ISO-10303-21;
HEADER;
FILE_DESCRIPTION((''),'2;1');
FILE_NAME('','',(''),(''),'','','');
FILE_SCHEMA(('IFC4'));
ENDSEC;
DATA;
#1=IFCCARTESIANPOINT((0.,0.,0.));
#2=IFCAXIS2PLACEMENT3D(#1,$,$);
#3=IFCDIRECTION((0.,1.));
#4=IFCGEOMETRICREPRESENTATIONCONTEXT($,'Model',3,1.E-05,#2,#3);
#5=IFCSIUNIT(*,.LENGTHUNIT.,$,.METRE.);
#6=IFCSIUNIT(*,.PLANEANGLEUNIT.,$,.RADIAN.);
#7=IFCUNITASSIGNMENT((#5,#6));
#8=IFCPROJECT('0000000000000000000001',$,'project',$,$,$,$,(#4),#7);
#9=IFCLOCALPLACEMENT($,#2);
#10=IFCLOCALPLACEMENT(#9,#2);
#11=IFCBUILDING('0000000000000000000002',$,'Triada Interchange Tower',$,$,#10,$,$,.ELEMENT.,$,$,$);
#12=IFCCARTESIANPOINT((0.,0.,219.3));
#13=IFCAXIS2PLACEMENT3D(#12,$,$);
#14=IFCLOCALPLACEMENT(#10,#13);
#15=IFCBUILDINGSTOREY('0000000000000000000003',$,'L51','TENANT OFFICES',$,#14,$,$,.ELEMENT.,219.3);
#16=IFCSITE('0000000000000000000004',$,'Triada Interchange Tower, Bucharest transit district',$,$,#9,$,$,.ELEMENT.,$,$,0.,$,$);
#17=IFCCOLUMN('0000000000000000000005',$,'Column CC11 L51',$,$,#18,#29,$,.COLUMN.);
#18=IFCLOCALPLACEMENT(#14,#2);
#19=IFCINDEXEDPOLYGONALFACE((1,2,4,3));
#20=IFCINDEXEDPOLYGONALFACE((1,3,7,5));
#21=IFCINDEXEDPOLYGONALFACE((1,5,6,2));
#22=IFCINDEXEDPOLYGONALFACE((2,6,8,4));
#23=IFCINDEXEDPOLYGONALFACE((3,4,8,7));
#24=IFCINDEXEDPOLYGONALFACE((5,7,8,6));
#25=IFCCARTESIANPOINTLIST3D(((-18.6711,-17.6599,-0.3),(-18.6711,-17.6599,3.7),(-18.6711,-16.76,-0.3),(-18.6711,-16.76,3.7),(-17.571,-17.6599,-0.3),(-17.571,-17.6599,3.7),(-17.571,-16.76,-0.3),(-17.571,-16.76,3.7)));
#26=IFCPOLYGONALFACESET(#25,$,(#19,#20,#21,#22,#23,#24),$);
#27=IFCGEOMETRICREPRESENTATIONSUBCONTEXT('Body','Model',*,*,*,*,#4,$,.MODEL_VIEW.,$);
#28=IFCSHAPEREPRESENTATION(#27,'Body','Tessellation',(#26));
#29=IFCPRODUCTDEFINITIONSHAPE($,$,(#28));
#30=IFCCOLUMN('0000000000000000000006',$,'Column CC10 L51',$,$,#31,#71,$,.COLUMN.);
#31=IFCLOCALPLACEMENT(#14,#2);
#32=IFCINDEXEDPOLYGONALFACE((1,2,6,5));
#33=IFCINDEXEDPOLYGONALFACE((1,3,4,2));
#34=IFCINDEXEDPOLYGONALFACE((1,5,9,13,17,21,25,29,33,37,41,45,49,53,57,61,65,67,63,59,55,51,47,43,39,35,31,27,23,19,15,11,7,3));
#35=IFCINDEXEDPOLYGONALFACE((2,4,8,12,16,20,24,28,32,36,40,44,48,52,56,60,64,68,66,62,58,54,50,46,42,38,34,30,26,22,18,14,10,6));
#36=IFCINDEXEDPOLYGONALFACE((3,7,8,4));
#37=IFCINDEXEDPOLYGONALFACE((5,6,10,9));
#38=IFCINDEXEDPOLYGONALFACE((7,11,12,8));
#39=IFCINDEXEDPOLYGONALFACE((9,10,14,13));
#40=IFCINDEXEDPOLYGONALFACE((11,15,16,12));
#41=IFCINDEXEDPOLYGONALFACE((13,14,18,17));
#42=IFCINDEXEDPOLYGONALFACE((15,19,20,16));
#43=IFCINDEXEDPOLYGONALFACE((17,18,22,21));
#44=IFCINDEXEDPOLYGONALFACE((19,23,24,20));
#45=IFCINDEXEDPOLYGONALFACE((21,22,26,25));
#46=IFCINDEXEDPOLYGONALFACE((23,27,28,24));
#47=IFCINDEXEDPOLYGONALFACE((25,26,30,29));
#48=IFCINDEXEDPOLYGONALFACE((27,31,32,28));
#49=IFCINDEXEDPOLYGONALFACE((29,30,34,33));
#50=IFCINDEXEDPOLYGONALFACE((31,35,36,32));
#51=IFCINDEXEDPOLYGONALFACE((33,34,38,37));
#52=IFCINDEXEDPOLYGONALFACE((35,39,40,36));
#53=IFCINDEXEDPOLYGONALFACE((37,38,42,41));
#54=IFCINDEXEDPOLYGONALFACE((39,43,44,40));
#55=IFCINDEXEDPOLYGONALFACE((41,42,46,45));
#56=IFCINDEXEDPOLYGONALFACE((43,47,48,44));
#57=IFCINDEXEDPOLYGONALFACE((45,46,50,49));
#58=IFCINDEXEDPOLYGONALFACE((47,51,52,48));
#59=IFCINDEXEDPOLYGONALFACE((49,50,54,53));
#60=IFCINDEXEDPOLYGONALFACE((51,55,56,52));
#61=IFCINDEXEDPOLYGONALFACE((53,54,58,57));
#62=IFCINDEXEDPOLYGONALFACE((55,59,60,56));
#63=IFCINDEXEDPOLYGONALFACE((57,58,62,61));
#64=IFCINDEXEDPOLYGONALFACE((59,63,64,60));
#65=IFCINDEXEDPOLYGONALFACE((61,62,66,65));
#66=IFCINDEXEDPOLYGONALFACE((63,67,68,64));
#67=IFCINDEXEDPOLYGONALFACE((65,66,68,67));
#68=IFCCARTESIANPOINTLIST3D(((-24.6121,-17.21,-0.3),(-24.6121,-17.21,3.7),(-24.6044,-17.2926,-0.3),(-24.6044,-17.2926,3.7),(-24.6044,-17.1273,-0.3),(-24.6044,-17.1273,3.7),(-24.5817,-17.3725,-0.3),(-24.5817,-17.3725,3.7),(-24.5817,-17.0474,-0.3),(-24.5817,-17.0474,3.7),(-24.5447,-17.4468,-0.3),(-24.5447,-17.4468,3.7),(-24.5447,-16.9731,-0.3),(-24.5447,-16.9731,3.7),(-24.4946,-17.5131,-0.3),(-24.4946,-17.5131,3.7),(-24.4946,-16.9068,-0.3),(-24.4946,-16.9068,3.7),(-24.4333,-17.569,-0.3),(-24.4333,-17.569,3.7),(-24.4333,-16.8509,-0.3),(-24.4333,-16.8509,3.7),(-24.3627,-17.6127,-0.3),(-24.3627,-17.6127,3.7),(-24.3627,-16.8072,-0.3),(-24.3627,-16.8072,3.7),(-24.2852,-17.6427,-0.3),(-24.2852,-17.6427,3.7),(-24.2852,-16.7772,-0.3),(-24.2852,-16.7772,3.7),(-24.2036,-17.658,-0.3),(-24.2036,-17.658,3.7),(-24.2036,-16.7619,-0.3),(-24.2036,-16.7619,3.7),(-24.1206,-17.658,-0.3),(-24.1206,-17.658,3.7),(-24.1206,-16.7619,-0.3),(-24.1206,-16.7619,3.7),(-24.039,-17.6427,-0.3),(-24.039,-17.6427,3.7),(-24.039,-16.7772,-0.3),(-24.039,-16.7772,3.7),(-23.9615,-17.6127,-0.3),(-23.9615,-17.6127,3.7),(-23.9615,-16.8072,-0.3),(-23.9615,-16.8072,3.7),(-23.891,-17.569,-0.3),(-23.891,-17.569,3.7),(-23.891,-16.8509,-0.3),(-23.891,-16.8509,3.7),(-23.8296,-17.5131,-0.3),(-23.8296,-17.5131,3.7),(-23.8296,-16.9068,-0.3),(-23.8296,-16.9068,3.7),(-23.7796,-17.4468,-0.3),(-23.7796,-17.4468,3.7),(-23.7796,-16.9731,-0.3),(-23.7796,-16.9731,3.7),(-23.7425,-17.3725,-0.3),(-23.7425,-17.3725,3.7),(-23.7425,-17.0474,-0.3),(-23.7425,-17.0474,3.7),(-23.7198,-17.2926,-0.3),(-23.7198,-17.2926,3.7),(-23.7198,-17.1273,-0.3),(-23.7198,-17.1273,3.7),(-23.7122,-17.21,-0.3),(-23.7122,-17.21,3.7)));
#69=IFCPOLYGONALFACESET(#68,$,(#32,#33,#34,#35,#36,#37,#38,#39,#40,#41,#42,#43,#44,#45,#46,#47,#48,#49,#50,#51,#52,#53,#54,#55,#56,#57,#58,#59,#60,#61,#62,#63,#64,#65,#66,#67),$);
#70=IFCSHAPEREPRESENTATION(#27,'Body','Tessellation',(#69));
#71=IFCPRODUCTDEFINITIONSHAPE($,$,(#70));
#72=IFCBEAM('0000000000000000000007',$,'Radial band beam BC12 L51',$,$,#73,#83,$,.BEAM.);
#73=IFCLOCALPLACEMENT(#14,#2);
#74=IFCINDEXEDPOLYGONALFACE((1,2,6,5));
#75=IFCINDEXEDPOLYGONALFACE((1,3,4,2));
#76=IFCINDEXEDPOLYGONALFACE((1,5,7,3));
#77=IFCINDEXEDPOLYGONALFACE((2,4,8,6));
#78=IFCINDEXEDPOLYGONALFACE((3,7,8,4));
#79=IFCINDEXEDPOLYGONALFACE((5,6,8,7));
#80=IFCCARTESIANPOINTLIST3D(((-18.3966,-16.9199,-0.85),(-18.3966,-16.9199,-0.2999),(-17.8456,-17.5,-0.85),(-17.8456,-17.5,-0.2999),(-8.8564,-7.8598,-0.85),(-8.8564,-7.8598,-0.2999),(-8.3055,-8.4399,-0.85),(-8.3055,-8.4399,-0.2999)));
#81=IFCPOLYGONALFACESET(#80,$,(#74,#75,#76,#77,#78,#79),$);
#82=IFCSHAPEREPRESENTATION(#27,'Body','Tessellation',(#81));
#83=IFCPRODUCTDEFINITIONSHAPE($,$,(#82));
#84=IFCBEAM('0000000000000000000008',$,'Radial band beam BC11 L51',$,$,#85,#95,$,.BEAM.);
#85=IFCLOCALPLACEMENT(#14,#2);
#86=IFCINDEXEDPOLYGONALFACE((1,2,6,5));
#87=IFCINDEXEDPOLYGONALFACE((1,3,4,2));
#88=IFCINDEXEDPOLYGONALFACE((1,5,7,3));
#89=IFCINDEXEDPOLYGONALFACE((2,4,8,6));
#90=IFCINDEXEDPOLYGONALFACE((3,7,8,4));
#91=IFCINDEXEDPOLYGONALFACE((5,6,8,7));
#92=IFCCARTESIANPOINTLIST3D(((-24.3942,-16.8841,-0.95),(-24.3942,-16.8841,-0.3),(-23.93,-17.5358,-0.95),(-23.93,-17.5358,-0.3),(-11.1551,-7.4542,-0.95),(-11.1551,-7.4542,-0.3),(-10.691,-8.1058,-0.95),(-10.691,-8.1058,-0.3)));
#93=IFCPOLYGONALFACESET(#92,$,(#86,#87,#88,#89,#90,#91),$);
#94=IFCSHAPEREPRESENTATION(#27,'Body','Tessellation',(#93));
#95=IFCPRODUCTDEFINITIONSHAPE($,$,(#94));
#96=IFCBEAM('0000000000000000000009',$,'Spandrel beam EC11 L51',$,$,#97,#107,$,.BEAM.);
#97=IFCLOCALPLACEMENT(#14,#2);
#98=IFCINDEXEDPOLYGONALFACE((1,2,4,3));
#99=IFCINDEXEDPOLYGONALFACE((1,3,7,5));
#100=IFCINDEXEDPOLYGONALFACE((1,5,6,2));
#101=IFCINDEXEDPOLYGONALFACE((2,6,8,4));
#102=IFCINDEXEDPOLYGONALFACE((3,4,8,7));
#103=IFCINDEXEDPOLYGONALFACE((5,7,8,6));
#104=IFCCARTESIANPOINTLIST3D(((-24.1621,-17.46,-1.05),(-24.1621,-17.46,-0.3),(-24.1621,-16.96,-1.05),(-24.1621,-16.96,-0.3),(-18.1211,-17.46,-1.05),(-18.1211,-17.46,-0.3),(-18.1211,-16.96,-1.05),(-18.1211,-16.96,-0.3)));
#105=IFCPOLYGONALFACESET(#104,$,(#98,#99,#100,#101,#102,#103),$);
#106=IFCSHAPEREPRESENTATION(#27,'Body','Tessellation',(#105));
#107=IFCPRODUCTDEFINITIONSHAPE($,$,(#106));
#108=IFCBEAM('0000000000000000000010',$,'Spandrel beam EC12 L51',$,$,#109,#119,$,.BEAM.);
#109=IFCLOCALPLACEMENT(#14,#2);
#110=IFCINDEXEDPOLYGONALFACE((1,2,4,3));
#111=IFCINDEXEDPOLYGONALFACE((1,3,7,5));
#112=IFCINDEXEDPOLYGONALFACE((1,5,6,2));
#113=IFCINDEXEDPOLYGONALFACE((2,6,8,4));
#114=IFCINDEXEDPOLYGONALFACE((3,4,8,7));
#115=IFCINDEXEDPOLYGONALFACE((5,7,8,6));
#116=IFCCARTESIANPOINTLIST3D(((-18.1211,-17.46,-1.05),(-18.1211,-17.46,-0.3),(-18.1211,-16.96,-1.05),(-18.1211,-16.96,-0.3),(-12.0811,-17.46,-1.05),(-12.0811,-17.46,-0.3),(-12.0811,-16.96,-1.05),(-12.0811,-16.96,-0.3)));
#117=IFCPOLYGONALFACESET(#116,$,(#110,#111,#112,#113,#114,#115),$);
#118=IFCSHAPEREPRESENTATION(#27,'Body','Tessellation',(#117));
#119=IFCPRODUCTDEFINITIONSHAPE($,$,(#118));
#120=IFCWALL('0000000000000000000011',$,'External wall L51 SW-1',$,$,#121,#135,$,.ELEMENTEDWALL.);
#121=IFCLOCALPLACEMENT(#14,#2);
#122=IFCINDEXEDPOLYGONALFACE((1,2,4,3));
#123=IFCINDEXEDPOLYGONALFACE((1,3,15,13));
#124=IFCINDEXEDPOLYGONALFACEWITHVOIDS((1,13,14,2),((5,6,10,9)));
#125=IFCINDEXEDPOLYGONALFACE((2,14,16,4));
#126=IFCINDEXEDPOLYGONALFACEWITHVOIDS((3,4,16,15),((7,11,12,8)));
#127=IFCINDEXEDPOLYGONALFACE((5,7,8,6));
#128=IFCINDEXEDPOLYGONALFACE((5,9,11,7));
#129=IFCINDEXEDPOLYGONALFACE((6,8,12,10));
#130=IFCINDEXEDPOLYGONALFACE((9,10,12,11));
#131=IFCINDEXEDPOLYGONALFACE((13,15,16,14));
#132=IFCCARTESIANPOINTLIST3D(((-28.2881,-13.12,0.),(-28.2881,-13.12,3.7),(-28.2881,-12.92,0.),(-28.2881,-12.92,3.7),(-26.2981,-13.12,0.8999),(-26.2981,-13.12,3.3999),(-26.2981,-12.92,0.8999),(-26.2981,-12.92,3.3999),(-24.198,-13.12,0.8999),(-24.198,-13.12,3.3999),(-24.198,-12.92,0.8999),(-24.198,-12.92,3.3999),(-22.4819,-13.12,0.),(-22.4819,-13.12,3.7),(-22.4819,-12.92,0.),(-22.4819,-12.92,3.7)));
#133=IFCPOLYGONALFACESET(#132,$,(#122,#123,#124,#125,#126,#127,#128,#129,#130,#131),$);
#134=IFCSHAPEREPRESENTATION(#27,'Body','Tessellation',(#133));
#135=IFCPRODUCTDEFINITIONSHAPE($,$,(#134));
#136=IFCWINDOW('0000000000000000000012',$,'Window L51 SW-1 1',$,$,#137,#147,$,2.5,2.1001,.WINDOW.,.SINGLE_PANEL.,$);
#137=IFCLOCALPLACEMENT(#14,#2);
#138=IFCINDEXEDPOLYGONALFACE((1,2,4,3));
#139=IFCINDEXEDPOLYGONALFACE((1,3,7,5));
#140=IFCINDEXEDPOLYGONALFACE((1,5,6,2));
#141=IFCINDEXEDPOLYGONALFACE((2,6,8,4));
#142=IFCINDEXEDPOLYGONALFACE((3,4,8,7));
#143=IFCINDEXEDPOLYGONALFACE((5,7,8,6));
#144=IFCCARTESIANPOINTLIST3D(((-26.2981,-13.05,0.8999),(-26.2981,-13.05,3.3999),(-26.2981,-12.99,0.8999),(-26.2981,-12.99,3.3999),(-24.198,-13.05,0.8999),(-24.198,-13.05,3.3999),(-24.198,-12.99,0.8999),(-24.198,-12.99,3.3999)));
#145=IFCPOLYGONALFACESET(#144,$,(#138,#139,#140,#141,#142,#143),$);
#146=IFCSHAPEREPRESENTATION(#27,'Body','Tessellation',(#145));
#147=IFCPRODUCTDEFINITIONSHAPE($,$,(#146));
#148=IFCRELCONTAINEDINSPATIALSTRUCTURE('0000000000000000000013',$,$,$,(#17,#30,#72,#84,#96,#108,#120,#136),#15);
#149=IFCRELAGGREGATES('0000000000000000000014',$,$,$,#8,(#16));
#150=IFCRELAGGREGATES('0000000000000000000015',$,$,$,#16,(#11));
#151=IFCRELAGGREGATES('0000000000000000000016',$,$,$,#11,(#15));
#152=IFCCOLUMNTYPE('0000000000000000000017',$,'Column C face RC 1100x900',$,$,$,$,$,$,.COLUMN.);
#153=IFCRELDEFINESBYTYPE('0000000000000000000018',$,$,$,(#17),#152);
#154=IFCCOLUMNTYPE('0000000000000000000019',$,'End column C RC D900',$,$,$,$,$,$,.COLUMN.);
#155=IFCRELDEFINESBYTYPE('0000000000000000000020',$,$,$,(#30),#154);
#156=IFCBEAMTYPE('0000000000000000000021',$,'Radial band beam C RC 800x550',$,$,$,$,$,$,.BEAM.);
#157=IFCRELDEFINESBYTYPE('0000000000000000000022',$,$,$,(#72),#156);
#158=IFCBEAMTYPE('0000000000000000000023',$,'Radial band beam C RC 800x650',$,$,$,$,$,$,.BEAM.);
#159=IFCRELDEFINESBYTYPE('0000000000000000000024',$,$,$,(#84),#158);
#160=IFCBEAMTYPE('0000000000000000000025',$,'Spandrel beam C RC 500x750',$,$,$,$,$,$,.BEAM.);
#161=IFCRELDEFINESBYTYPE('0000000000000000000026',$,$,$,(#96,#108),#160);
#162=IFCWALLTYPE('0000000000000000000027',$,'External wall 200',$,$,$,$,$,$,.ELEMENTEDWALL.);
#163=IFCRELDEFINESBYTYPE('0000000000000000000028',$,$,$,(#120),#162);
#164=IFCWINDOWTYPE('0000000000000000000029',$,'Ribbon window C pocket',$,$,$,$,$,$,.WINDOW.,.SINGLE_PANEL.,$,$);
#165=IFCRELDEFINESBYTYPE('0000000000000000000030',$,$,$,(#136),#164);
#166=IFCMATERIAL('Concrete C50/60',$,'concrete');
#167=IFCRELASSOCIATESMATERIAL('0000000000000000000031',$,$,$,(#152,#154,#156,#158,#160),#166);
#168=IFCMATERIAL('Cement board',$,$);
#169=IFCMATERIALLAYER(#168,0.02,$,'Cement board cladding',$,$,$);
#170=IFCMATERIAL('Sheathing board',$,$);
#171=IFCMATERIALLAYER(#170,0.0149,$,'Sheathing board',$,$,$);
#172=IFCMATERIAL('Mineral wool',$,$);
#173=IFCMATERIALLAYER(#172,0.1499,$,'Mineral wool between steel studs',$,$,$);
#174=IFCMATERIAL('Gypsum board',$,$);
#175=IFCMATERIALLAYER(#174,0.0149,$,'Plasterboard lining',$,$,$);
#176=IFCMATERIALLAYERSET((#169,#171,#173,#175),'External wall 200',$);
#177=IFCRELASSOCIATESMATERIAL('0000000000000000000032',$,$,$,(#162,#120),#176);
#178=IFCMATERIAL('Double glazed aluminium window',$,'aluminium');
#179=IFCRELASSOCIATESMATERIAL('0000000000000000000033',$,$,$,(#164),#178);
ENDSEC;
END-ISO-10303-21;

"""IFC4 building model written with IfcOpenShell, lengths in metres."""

from ifc_helpers import new_model, si_unit, direction, frame, frame_2d, origin, origin_2d, place, context, subcontext, project, spatial, rectangle, circle, extrude, material, layer, layer_set, layer_usage, material_profile, profile_set, type_object, element, fill, save


model = new_model("IFC4")

# Units and contexts
model_context = context("Model", 3, precision=1e-05, world=origin(), true_north=direction((0.0, 1.0)))
body_context = subcontext(model_context, "Body", "Model", "MODEL_VIEW")
ifc_project = project(units=[si_unit("LENGTHUNIT", "METRE"), si_unit("PLANEANGLEUNIT", "RADIAN")], contexts=[model_context])

# Site, building, storey
site_placement = place(None, origin())
site = spatial("IfcSite", under=ifc_project, at=site_placement, Name="Triada Interchange Tower, Bucharest transit district", CompositionType="ELEMENT", RefElevation=0.0)
building_placement = place(site_placement, origin())
building = spatial("IfcBuilding", under=site, at=building_placement, Name="Triada Interchange Tower", CompositionType="ELEMENT")
storey_placement = place(building_placement, frame((0.0, 0.0, 219.3)))
storey = spatial("IfcBuildingStorey", under=building, at=storey_placement, Name="L51", Description="TENANT OFFICES", CompositionType="ELEMENT", Elevation=219.3)

# Columns
ifc_material_1 = material(Name="Concrete C50/60", Category="concrete")
ifc_material_profile_1 = material_profile(ifc_material_1, rectangle(XDim=1.1001, YDim=0.8999, at=origin_2d()), Name="RC 1100x900")
ifc_profile_set_1 = profile_set([ifc_material_profile_1], Name="Concrete C50/60")
column_type_1 = type_object("IfcColumnType", Name="Column C face RC 1100x900", PredefinedType="COLUMN", material=ifc_profile_set_1)
column_1_placement = place(storey_placement, frame((-18.1211, -17.21, -0.3), z_axis=(0.0, 0.0, 1.0), x_axis=(1.0, 0.0, 0.0)))
element("IfcColumn", 1, at=column_1_placement, inside=storey, type_object=column_type_1, Name="Column CC11 L51", PredefinedType="COLUMN", context=body_context, shape_type="SweptSolid", body=[
    extrude(rectangle(XDim=1.1001, YDim=0.8999, at=origin_2d()), origin(), (0.0, 0.0, 1.0), 4.0),
])
ifc_material_profile_2 = material_profile(ifc_material_1, circle(Radius=0.45, at=origin_2d()), Name="RC D900")
ifc_profile_set_2 = profile_set([ifc_material_profile_2], Name="Concrete C50/60")
column_type_2 = type_object("IfcColumnType", Name="End column C RC D900", PredefinedType="COLUMN", material=ifc_profile_set_2)
column_2_placement = place(storey_placement, frame((-24.1621, -17.21, -0.3), z_axis=(0.0, 0.0, 1.0), x_axis=(1.0, 0.0, 0.0)))
element("IfcColumn", 2, at=column_2_placement, inside=storey, type_object=column_type_2, Name="Column CC10 L51", PredefinedType="COLUMN", context=body_context, shape_type="SweptSolid", body=[
    extrude(circle(Radius=0.45, at=origin_2d()), origin(), (0.0, 0.0, 1.0), 4.0),
])

# Beams
ifc_material_profile_3 = material_profile(ifc_material_1, rectangle(XDim=0.8, YDim=0.55, at=origin_2d()), Name="RC 800x550")
ifc_profile_set_3 = profile_set([ifc_material_profile_3], Name="Concrete C50/60")
beam_type_1 = type_object("IfcBeamType", Name="Radial band beam C RC 800x550", PredefinedType="BEAM", material=ifc_profile_set_3)
beam_1_placement = place(storey_placement, frame((-18.1211, -17.21, -0.575), z_axis=(0.725112, 0.68863, 0.0), x_axis=(-0.68863, 0.725112, 0.0)))
element("IfcBeam", 3, at=beam_1_placement, inside=storey, type_object=beam_type_1, Name="Radial band beam BC12 L51", PredefinedType="BEAM", context=body_context, shape_type="SweptSolid", body=[
    extrude(rectangle(XDim=0.8, YDim=0.55, at=origin_2d()), origin(), (0.0, 0.0, 1.0), 13.1567),
])
ifc_material_profile_4 = material_profile(ifc_material_1, rectangle(XDim=0.8, YDim=0.6499, at=origin_2d()), Name="RC 800x650")
ifc_profile_set_4 = profile_set([ifc_material_profile_4], Name="Concrete C50/60")
beam_type_2 = type_object("IfcBeamType", Name="Radial band beam C RC 800x650", PredefinedType="BEAM", material=ifc_profile_set_4)
beam_2_placement = place(storey_placement, frame((-24.1621, -17.21, -0.625), z_axis=(0.814504, 0.580158, 0.0), x_axis=(-0.580158, 0.814504, 0.0)))
element("IfcBeam", 4, at=beam_2_placement, inside=storey, type_object=beam_type_2, Name="Radial band beam BC11 L51", PredefinedType="BEAM", context=body_context, shape_type="SweptSolid", body=[
    extrude(rectangle(XDim=0.8, YDim=0.6499, at=origin_2d()), origin(), (0.0, 0.0, 1.0), 16.2542),
])
ifc_material_profile_5 = material_profile(ifc_material_1, rectangle(XDim=0.5, YDim=0.75, at=origin_2d()), Name="RC 500x750")
ifc_profile_set_5 = profile_set([ifc_material_profile_5], Name="Concrete C50/60")
beam_type_3 = type_object("IfcBeamType", Name="Spandrel beam C RC 500x750", PredefinedType="BEAM", material=ifc_profile_set_5)
beam_3_placement = place(storey_placement, frame((-24.1621, -17.21, -0.675), z_axis=(1.0, 0.0, 0.0), x_axis=(0.0, 1.0, 0.0)))
element("IfcBeam", 5, at=beam_3_placement, inside=storey, type_object=beam_type_3, Name="Spandrel beam EC11 L51", PredefinedType="BEAM", context=body_context, shape_type="SweptSolid", body=[
    extrude(rectangle(XDim=0.5, YDim=0.75, at=origin_2d()), origin(), (0.0, 0.0, 1.0), 6.041),
])
beam_4_placement = place(storey_placement, frame((-18.1211, -17.21, -0.675), z_axis=(1.0, 0.0, 0.0), x_axis=(0.0, 1.0, 0.0)))
element("IfcBeam", 6, at=beam_4_placement, inside=storey, type_object=beam_type_3, Name="Spandrel beam EC12 L51", PredefinedType="BEAM", context=body_context, shape_type="SweptSolid", body=[
    extrude(rectangle(XDim=0.5, YDim=0.75, at=origin_2d()), origin(), (0.0, 0.0, 1.0), 6.04),
])

# Wall, opening, window
ifc_material_2 = material(Name="Cement board")
ifc_layer_1 = layer(ifc_material_2, 0.02, Name="Cement board cladding")
ifc_material_3 = material(Name="Sheathing board")
ifc_layer_2 = layer(ifc_material_3, 0.0149, Name="Sheathing board")
ifc_material_4 = material(Name="Mineral wool")
ifc_layer_3 = layer(ifc_material_4, 0.1499, Name="Mineral wool between steel studs")
ifc_material_5 = material(Name="Gypsum board")
ifc_layer_4 = layer(ifc_material_5, 0.0149, Name="Plasterboard lining")
ifc_layer_set_1 = layer_set([ifc_layer_1, ifc_layer_2, ifc_layer_3, ifc_layer_4], Name="External wall 200")
ifc_layer_usage = layer_usage(ifc_layer_set_1, "AXIS2", "POSITIVE", -0.1001)
wall_type_1 = type_object("IfcWallType", Name="External wall 200", PredefinedType="ELEMENTEDWALL", material=ifc_layer_set_1)
wall_1_placement = place(storey_placement, frame((-28.2881, -13.02, 0.0), z_axis=(0.0, 0.0, 1.0), x_axis=(1.0, 0.0, 0.0)))
wall_1 = element("IfcWall", 7, at=wall_1_placement, inside=storey, type_object=wall_type_1, material=ifc_layer_usage, Name="External wall L51 SW-1", PredefinedType="ELEMENTEDWALL", context=body_context, shape_type="SweptSolid", body=[
    extrude(rectangle(XDim=5.8062, YDim=0.2, at=frame_2d((2.9031, 0.0))), origin(), (0.0, 0.0, 1.0), 3.7),
])
opening_1_placement = place(wall_1_placement, frame((1.99, 0.0, 0.8999)))
opening_1 = element("IfcOpeningElement", 8, at=opening_1_placement, cuts=wall_1, PredefinedType="OPENING", context=body_context, shape_type="SweptSolid", body=[
    extrude(rectangle(XDim=2.1001, YDim=2.5, at=frame_2d((1.05, 1.25))), frame((0.0, 0.1099, 0.0), z_axis=(0.0, -1.0, 0.0), x_axis=(1.0, 0.0, 0.0)), (0.0, 0.0, 1.0), 0.22),
])
ifc_material_6 = material(Name="Double glazed aluminium window", Category="aluminium")
window_type_1 = type_object("IfcWindowType", Name="Ribbon window C pocket", PartitioningType="SINGLE_PANEL", PredefinedType="WINDOW", material=ifc_material_6)
window_1_placement = place(opening_1_placement, origin())
window_1 = element("IfcWindow", 9, at=window_1_placement, inside=storey, type_object=window_type_1, Name="Window L51 SW-1 1", OverallHeight=2.5, OverallWidth=2.1001, PartitioningType="SINGLE_PANEL", PredefinedType="WINDOW", context=body_context, shape_type="SweptSolid", body=[
    extrude(rectangle(XDim=2.1001, YDim=2.5, at=frame_2d((1.05, 1.25))), frame((0.0, 0.03, 0.0), z_axis=(0.0, -1.0, 0.0), x_axis=(1.0, 0.0, 0.0)), (0.0, 0.0, 1.0), 0.0601),
])
fill(opening_1, window_1)

save(model, "model.ifc")
